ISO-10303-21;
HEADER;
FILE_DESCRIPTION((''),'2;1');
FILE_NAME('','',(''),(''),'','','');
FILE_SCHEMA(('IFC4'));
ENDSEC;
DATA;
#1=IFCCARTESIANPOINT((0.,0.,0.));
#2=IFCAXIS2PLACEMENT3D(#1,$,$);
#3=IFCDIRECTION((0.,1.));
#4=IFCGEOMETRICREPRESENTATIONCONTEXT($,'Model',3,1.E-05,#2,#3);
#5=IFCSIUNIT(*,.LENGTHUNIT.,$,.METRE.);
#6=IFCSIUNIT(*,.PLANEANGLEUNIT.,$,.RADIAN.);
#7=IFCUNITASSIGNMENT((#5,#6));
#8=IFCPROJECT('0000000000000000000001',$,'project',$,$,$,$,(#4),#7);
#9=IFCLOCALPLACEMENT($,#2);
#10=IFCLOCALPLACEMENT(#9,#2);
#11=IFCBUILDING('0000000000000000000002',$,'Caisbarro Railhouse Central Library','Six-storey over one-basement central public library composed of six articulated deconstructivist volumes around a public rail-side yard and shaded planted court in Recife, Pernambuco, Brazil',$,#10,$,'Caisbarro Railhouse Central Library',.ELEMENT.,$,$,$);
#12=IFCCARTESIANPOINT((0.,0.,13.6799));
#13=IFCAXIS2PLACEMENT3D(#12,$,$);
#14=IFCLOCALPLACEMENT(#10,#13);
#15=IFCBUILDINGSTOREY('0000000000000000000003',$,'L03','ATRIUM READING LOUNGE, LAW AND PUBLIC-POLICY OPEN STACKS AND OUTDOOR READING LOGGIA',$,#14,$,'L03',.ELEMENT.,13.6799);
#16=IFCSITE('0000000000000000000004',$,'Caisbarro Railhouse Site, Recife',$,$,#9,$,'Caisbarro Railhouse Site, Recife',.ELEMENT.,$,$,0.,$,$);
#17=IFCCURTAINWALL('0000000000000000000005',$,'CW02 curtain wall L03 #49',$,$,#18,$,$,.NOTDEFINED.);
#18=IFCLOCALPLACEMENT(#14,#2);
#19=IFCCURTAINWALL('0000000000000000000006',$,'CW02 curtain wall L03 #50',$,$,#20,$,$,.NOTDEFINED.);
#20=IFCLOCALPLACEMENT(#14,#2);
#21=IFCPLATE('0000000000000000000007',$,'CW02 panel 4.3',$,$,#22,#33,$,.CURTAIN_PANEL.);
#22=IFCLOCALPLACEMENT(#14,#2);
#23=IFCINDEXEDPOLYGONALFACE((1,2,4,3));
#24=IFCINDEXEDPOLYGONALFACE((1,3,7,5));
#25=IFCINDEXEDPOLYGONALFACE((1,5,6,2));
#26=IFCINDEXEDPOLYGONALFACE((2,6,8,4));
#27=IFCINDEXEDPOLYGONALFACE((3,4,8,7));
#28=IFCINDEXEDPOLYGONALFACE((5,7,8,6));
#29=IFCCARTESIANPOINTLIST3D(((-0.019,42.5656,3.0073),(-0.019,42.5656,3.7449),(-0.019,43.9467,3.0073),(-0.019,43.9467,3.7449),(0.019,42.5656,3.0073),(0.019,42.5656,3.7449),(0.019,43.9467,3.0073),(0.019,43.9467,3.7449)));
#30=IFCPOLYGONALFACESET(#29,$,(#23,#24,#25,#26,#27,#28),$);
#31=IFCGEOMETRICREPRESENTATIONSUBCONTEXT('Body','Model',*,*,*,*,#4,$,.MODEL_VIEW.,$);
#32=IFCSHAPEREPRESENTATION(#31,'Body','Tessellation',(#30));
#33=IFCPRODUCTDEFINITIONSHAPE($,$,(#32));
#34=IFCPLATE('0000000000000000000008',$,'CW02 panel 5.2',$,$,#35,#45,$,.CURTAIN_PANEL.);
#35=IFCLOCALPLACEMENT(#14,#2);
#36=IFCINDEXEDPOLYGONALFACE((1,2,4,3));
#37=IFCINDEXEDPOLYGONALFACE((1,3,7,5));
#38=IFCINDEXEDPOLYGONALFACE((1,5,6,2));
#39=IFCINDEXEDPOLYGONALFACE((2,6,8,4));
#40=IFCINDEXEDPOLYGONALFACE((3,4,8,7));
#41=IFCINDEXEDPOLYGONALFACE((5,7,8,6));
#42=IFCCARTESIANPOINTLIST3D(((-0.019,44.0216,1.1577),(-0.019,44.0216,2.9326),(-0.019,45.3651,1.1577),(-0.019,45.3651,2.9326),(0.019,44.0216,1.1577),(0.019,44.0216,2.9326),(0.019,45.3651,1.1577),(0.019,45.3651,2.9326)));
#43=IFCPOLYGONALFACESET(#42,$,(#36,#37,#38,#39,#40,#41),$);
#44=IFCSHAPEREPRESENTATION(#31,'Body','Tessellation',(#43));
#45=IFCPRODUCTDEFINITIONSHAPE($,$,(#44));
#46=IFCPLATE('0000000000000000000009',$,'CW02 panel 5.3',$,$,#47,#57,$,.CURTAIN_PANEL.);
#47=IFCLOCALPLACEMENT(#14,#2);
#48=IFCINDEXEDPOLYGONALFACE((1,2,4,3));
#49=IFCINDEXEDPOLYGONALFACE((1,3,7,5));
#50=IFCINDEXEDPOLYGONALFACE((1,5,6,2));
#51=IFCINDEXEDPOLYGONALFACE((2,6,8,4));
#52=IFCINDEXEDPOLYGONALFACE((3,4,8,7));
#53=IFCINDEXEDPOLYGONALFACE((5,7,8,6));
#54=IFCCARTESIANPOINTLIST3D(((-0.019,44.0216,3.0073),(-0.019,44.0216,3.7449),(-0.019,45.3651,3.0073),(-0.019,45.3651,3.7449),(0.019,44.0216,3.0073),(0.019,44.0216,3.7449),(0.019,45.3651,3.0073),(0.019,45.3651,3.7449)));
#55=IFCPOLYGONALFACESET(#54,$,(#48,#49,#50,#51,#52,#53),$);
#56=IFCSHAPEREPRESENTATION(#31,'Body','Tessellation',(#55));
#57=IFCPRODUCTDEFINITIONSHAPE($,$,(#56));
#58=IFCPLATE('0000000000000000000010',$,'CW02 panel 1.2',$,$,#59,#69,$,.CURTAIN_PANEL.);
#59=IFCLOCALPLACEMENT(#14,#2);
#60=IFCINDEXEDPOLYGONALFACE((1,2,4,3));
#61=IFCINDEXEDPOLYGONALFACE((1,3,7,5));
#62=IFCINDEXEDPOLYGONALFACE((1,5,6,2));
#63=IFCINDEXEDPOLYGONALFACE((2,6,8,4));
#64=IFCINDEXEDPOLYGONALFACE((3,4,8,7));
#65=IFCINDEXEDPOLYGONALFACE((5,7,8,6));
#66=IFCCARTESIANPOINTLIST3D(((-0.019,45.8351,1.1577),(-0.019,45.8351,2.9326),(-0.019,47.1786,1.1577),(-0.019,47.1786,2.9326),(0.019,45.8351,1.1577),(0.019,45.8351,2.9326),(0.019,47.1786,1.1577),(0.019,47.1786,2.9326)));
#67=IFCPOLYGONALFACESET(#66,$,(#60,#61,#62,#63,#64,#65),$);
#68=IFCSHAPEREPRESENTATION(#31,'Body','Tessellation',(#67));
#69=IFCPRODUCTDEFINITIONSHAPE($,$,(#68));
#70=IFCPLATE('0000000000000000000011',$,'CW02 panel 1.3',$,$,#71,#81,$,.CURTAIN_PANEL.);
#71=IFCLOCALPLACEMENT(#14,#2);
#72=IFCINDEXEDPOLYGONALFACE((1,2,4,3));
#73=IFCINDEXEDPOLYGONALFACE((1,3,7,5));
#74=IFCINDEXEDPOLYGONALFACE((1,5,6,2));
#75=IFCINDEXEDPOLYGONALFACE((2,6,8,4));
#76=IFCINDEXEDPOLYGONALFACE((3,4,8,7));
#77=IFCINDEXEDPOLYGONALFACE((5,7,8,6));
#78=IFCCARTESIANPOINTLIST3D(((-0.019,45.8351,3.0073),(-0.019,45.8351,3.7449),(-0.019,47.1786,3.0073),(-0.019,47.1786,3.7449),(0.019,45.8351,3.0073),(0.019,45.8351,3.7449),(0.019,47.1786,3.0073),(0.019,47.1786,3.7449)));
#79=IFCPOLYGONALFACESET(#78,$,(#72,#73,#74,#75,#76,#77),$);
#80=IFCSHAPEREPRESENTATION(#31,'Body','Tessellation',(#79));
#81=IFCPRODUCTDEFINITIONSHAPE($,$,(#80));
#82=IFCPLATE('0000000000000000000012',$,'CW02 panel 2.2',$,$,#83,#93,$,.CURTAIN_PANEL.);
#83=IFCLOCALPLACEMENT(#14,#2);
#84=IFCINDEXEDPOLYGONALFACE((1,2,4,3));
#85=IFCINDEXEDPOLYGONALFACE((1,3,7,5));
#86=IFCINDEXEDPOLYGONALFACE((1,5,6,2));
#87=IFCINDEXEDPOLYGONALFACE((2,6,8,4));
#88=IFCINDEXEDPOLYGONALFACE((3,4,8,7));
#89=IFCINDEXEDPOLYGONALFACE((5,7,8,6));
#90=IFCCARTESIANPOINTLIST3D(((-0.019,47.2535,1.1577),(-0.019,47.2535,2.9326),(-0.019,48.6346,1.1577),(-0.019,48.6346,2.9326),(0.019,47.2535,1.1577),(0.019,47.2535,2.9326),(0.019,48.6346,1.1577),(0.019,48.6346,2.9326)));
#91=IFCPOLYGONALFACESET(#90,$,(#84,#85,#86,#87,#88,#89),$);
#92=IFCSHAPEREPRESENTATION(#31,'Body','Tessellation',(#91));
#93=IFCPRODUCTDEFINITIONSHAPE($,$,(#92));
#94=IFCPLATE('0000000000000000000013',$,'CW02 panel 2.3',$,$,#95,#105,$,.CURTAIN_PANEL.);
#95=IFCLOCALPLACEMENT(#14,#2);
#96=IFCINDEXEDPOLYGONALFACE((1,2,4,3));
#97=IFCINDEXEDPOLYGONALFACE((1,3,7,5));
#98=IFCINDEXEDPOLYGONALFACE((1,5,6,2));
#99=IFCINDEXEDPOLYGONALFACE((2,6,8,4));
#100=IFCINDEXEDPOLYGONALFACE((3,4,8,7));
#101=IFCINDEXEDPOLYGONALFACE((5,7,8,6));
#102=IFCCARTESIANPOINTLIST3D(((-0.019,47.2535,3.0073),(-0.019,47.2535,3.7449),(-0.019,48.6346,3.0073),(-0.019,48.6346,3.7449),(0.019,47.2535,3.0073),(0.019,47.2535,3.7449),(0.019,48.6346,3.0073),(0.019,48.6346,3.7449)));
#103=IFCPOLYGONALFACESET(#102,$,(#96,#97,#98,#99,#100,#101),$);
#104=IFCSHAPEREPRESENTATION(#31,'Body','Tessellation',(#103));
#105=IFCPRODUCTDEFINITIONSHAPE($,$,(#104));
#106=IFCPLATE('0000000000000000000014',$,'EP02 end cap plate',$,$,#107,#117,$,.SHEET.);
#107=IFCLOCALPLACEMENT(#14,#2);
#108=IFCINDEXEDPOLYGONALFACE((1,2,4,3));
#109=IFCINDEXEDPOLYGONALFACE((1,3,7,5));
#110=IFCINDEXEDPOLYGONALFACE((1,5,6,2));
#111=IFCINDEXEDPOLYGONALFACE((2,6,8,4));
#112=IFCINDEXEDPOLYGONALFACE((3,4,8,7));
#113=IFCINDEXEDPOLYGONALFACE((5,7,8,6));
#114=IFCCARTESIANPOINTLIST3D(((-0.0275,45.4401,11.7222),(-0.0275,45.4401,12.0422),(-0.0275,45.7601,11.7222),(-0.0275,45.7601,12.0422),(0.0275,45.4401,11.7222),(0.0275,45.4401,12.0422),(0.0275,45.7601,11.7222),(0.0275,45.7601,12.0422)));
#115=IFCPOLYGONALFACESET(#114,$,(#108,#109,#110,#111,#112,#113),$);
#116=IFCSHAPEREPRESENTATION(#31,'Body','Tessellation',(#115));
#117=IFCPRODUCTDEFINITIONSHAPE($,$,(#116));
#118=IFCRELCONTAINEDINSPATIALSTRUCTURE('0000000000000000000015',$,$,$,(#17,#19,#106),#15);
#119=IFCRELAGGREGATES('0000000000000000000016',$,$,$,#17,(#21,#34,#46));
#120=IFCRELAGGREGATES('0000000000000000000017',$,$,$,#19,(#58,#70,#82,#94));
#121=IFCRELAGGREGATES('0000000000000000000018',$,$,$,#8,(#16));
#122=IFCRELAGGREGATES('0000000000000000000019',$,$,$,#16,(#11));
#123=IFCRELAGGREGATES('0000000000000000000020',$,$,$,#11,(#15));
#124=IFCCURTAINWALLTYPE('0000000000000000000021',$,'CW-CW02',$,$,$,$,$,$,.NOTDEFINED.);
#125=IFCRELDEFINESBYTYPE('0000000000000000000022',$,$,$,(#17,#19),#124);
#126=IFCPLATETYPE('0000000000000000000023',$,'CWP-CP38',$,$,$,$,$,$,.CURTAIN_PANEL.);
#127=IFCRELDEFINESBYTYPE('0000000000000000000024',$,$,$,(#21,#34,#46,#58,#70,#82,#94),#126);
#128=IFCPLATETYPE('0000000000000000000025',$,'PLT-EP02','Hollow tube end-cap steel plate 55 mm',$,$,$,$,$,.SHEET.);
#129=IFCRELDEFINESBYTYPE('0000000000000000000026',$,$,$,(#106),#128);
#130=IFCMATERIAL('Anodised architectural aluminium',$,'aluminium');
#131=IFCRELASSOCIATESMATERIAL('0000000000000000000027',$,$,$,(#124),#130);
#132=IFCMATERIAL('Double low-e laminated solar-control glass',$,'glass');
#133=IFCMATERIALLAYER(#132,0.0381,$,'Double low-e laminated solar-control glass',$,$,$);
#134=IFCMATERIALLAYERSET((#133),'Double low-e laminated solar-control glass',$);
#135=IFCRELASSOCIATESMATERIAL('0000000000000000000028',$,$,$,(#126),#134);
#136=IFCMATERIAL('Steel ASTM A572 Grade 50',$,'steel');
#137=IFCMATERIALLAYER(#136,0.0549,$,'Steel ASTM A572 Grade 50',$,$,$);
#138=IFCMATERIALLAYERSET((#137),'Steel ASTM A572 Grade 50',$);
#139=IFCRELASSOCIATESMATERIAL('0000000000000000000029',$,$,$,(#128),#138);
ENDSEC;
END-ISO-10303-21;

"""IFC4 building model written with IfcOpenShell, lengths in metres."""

from ifc_helpers import new_model, si_unit, direction, frame, origin, origin_2d, place, context, subcontext, project, spatial, rectangle, extrude, material, layer, layer_set, type_object, element, aggregate, save


model = new_model("IFC4")

# Units and contexts
model_context = context("Model", 3, precision=1e-05, world=origin(), true_north=direction((0.0, 1.0)))
body_context = subcontext(model_context, "Body", "Model", "MODEL_VIEW")
ifc_project = project(units=[si_unit("LENGTHUNIT", "METRE"), si_unit("PLANEANGLEUNIT", "RADIAN")], contexts=[model_context])

# Site, building, storey
site_placement = place(None, origin())
site = spatial("IfcSite", under=ifc_project, at=site_placement, Name="Caisbarro Railhouse Site, Recife", LongName="Caisbarro Railhouse Site, Recife", CompositionType="ELEMENT", RefElevation=0.0)
building_placement = place(site_placement, origin())
building = spatial("IfcBuilding", under=site, at=building_placement, Name="Caisbarro Railhouse Central Library", Description="Six-storey over one-basement central public library composed of six articulated deconstructivist volumes around a public rail-side yard and shaded planted court in Recife, Pernambuco, Brazil", LongName="Caisbarro Railhouse Central Library", CompositionType="ELEMENT")
storey_placement = place(building_placement, frame((0.0, 0.0, 13.6799)))
storey = spatial("IfcBuildingStorey", under=building, at=storey_placement, Name="L03", Description="ATRIUM READING LOUNGE, LAW AND PUBLIC-POLICY OPEN STACKS AND OUTDOOR READING LOGGIA", LongName="L03", CompositionType="ELEMENT", Elevation=13.6799)

# Curtain walls
ifc_material_1 = material(Name="Anodised architectural aluminium", Category="aluminium")
curtain_wall_type = type_object("IfcCurtainWallType", Name="CW-CW02", PredefinedType="NOTDEFINED", material=ifc_material_1)
curtain_wall_1_placement = place(storey_placement, origin())
curtain_wall_1 = element("IfcCurtainWall", 1, at=curtain_wall_1_placement, inside=storey, type_object=curtain_wall_type, Name="CW02 curtain wall L03 #49", PredefinedType="NOTDEFINED")
curtain_wall_2_placement = place(storey_placement, origin())
curtain_wall_2 = element("IfcCurtainWall", 2, at=curtain_wall_2_placement, inside=storey, type_object=curtain_wall_type, Name="CW02 curtain wall L03 #50", PredefinedType="NOTDEFINED")

# Plates
ifc_material_2 = material(Name="Double low-e laminated solar-control glass", Category="glass")
ifc_layer_1 = layer(ifc_material_2, 0.0381, Name="Double low-e laminated solar-control glass")
ifc_layer_set_1 = layer_set([ifc_layer_1], Name="Double low-e laminated solar-control glass")
plate_type_1 = type_object("IfcPlateType", Name="CWP-CP38", PredefinedType="CURTAIN_PANEL", material=ifc_layer_set_1)
plate_1_placement = place(storey_placement, frame((0.0, 43.2561, 3.0073), z_axis=(0.0, 0.0, 1.0), x_axis=(0.0, 1.0, 0.0)))
plate_1 = element("IfcPlate", 3, at=plate_1_placement, type_object=plate_type_1, Name="CW02 panel 4.3", PredefinedType="CURTAIN_PANEL", context=body_context, shape_type="SweptSolid", body=[
    extrude(rectangle(XDim=1.3811, YDim=0.0381, at=origin_2d()), origin(), (0.0, 0.0, 1.0), 0.7375),
])
plate_2_placement = place(storey_placement, frame((0.0, 44.6934, 1.1577), z_axis=(0.0, 0.0, 1.0), x_axis=(0.0, 1.0, 0.0)))
plate_2 = element("IfcPlate", 4, at=plate_2_placement, type_object=plate_type_1, Name="CW02 panel 5.2", PredefinedType="CURTAIN_PANEL", context=body_context, shape_type="SweptSolid", body=[
    extrude(rectangle(XDim=1.3435, YDim=0.0381, at=origin_2d()), origin(), (0.0, 0.0, 1.0), 1.7749),
])
plate_3_placement = place(storey_placement, frame((0.0, 44.6934, 3.0073), z_axis=(0.0, 0.0, 1.0), x_axis=(0.0, 1.0, 0.0)))
plate_3 = element("IfcPlate", 5, at=plate_3_placement, type_object=plate_type_1, Name="CW02 panel 5.3", PredefinedType="CURTAIN_PANEL", context=body_context, shape_type="SweptSolid", body=[
    extrude(rectangle(XDim=1.3435, YDim=0.0381, at=origin_2d()), origin(), (0.0, 0.0, 1.0), 0.7375),
])
aggregate(curtain_wall_1, [plate_1, plate_2, plate_3])
plate_4_placement = place(storey_placement, frame((0.0, 46.5068, 1.1577), z_axis=(0.0, 0.0, 1.0), x_axis=(0.0, 1.0, 0.0)))
plate_4 = element("IfcPlate", 6, at=plate_4_placement, type_object=plate_type_1, Name="CW02 panel 1.2", PredefinedType="CURTAIN_PANEL", context=body_context, shape_type="SweptSolid", body=[
    extrude(rectangle(XDim=1.3435, YDim=0.0381, at=origin_2d()), origin(), (0.0, 0.0, 1.0), 1.7749),
])
plate_5_placement = place(storey_placement, frame((0.0, 46.5068, 3.0073), z_axis=(0.0, 0.0, 1.0), x_axis=(0.0, 1.0, 0.0)))
plate_5 = element("IfcPlate", 7, at=plate_5_placement, type_object=plate_type_1, Name="CW02 panel 1.3", PredefinedType="CURTAIN_PANEL", context=body_context, shape_type="SweptSolid", body=[
    extrude(rectangle(XDim=1.3435, YDim=0.0381, at=origin_2d()), origin(), (0.0, 0.0, 1.0), 0.7375),
])
plate_6_placement = place(storey_placement, frame((0.0, 47.9441, 1.1577), z_axis=(0.0, 0.0, 1.0), x_axis=(0.0, 1.0, 0.0)))
plate_6 = element("IfcPlate", 8, at=plate_6_placement, type_object=plate_type_1, Name="CW02 panel 2.2", PredefinedType="CURTAIN_PANEL", context=body_context, shape_type="SweptSolid", body=[
    extrude(rectangle(XDim=1.3811, YDim=0.0381, at=origin_2d()), origin(), (0.0, 0.0, 1.0), 1.7749),
])
plate_7_placement = place(storey_placement, frame((0.0, 47.9441, 3.0073), z_axis=(0.0, 0.0, 1.0), x_axis=(0.0, 1.0, 0.0)))
plate_7 = element("IfcPlate", 9, at=plate_7_placement, type_object=plate_type_1, Name="CW02 panel 2.3", PredefinedType="CURTAIN_PANEL", context=body_context, shape_type="SweptSolid", body=[
    extrude(rectangle(XDim=1.3811, YDim=0.0381, at=origin_2d()), origin(), (0.0, 0.0, 1.0), 0.7375),
])
aggregate(curtain_wall_2, [plate_4, plate_5, plate_6, plate_7])
ifc_material_3 = material(Name="Steel ASTM A572 Grade 50", Category="steel")
ifc_layer_2 = layer(ifc_material_3, 0.0549, Name="Steel ASTM A572 Grade 50")
ifc_layer_set_2 = layer_set([ifc_layer_2], Name="Steel ASTM A572 Grade 50")
plate_type_2 = type_object("IfcPlateType", Name="PLT-EP02", Description="Hollow tube end-cap steel plate 55 mm", PredefinedType="SHEET", material=ifc_layer_set_2)
plate_8_placement = place(storey_placement, frame((0.0, 45.6001, 11.7222), z_axis=(0.0, 0.0, 1.0), x_axis=(1.0, 0.0, 0.0)))
element("IfcPlate", 10, at=plate_8_placement, inside=storey, type_object=plate_type_2, Name="EP02 end cap plate", PredefinedType="SHEET", context=body_context, shape_type="SweptSolid", body=[
    extrude(rectangle(XDim=0.0549, YDim=0.3201, at=origin_2d()), origin(), (0.0, 0.0, 1.0), 0.3201),
])

save(model, "model.ifc")
